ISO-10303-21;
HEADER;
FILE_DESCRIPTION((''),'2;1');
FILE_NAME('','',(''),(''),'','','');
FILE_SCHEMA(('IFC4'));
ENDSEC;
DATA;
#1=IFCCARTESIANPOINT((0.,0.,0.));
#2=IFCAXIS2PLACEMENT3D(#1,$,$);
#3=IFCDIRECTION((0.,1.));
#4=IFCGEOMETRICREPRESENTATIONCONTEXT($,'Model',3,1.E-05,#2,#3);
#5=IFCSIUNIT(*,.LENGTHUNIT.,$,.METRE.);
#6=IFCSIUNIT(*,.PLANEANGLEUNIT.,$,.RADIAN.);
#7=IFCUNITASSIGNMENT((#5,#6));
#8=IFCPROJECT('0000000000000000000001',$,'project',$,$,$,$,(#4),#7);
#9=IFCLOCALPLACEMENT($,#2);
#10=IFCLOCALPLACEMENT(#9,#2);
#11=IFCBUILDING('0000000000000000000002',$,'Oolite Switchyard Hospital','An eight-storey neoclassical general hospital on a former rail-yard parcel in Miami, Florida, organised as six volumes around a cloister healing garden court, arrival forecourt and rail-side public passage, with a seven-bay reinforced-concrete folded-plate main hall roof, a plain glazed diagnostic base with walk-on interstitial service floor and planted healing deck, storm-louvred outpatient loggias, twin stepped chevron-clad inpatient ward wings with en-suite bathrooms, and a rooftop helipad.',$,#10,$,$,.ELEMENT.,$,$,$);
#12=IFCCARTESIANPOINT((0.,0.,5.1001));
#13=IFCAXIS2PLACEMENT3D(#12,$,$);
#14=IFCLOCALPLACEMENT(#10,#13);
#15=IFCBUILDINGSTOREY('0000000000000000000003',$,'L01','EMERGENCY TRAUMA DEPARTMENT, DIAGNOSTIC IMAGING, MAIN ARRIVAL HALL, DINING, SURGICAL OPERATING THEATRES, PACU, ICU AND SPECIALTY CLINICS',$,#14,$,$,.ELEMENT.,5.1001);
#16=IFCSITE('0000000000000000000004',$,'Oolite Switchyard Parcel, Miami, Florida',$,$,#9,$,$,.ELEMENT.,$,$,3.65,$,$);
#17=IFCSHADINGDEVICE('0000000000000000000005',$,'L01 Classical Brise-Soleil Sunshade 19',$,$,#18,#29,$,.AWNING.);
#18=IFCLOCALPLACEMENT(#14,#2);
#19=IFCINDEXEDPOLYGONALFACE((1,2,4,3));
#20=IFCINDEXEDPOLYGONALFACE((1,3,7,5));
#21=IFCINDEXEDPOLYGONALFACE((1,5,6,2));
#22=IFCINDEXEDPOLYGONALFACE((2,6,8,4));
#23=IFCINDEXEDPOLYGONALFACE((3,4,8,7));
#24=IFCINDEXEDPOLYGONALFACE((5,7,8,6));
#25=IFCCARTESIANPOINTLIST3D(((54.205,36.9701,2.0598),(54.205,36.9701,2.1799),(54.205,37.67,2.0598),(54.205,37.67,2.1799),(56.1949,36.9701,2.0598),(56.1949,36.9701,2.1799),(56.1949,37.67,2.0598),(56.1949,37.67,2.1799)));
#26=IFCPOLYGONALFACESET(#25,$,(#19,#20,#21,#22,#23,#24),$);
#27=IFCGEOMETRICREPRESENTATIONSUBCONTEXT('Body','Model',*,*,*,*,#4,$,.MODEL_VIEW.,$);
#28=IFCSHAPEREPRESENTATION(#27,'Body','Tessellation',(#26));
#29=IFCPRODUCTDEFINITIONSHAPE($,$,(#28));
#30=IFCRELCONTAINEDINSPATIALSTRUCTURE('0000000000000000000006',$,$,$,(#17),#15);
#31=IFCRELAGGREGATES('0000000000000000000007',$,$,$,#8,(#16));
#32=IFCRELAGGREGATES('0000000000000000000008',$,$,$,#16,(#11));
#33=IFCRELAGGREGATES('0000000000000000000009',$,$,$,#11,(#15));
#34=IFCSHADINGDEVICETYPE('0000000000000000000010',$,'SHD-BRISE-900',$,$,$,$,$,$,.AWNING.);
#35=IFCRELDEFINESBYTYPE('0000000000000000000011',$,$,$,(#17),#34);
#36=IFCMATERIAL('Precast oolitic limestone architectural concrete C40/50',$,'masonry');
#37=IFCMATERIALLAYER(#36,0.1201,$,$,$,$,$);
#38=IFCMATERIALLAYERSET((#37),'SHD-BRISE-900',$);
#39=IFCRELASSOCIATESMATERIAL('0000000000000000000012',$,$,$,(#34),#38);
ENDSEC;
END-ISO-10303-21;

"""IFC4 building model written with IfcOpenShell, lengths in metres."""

from ifc_helpers import new_model, si_unit, direction, frame, origin, origin_2d, place, context, subcontext, project, spatial, rectangle, extrude, material, layer, layer_set, type_object, element, save


model = new_model("IFC4")

# Units and contexts
model_context = context("Model", 3, precision=1e-05, world=origin(), true_north=direction((0.0, 1.0)))
body_context = subcontext(model_context, "Body", "Model", "MODEL_VIEW")
ifc_project = project(units=[si_unit("LENGTHUNIT", "METRE"), si_unit("PLANEANGLEUNIT", "RADIAN")], contexts=[model_context])

# Site, building, storey
site_placement = place(None, origin())
site = spatial("IfcSite", under=ifc_project, at=site_placement, Name="Oolite Switchyard Parcel, Miami, Florida", CompositionType="ELEMENT", RefElevation=3.65)
building_placement = place(site_placement, origin())
building = spatial("IfcBuilding", under=site, at=building_placement, Name="Oolite Switchyard Hospital", Description="An eight-storey neoclassical general hospital on a former rail-yard parcel in Miami, Florida, organised as six volumes around a cloister healing garden court, arrival forecourt and rail-side public passage, with a seven-bay reinforced-concrete folded-plate main hall roof, a plain glazed diagnostic base with walk-on interstitial service floor and planted healing deck, storm-louvred outpatient loggias, twin stepped chevron-clad inpatient ward wings with en-suite bathrooms, and a rooftop helipad.", CompositionType="ELEMENT")
storey_placement = place(building_placement, frame((0.0, 0.0, 5.1001)))
storey = spatial("IfcBuildingStorey", under=building, at=storey_placement, Name="L01", Description="EMERGENCY TRAUMA DEPARTMENT, DIAGNOSTIC IMAGING, MAIN ARRIVAL HALL, DINING, SURGICAL OPERATING THEATRES, PACU, ICU AND SPECIALTY CLINICS", CompositionType="ELEMENT", Elevation=5.1001)

# Shared definitions
ifc_material_1 = material(Name="Precast oolitic limestone architectural concrete C40/50", Category="masonry")

# Shading device
ifc_layer_1 = layer(ifc_material_1, 0.1201)
ifc_layer_set_1 = layer_set([ifc_layer_1], Name="SHD-BRISE-900")
shading_device_type = type_object("IfcShadingDeviceType", Name="SHD-BRISE-900", PredefinedType="AWNING", material=ifc_layer_set_1)
shading_device_placement = place(storey_placement, frame((55.2, 37.3201, 2.0598), z_axis=(0.0, 0.0, 1.0), x_axis=(1.0, 0.0, 0.0)))
element("IfcShadingDevice", 1, at=shading_device_placement, inside=storey, type_object=shading_device_type, Name="L01 Classical Brise-Soleil Sunshade 19", PredefinedType="AWNING", context=body_context, shape_type="SweptSolid", body=[
    extrude(rectangle(XDim=1.99, YDim=0.7, at=origin_2d()), origin(), (0.0, 0.0, 1.0), 0.1201),
])

save(model, "model.ifc")
